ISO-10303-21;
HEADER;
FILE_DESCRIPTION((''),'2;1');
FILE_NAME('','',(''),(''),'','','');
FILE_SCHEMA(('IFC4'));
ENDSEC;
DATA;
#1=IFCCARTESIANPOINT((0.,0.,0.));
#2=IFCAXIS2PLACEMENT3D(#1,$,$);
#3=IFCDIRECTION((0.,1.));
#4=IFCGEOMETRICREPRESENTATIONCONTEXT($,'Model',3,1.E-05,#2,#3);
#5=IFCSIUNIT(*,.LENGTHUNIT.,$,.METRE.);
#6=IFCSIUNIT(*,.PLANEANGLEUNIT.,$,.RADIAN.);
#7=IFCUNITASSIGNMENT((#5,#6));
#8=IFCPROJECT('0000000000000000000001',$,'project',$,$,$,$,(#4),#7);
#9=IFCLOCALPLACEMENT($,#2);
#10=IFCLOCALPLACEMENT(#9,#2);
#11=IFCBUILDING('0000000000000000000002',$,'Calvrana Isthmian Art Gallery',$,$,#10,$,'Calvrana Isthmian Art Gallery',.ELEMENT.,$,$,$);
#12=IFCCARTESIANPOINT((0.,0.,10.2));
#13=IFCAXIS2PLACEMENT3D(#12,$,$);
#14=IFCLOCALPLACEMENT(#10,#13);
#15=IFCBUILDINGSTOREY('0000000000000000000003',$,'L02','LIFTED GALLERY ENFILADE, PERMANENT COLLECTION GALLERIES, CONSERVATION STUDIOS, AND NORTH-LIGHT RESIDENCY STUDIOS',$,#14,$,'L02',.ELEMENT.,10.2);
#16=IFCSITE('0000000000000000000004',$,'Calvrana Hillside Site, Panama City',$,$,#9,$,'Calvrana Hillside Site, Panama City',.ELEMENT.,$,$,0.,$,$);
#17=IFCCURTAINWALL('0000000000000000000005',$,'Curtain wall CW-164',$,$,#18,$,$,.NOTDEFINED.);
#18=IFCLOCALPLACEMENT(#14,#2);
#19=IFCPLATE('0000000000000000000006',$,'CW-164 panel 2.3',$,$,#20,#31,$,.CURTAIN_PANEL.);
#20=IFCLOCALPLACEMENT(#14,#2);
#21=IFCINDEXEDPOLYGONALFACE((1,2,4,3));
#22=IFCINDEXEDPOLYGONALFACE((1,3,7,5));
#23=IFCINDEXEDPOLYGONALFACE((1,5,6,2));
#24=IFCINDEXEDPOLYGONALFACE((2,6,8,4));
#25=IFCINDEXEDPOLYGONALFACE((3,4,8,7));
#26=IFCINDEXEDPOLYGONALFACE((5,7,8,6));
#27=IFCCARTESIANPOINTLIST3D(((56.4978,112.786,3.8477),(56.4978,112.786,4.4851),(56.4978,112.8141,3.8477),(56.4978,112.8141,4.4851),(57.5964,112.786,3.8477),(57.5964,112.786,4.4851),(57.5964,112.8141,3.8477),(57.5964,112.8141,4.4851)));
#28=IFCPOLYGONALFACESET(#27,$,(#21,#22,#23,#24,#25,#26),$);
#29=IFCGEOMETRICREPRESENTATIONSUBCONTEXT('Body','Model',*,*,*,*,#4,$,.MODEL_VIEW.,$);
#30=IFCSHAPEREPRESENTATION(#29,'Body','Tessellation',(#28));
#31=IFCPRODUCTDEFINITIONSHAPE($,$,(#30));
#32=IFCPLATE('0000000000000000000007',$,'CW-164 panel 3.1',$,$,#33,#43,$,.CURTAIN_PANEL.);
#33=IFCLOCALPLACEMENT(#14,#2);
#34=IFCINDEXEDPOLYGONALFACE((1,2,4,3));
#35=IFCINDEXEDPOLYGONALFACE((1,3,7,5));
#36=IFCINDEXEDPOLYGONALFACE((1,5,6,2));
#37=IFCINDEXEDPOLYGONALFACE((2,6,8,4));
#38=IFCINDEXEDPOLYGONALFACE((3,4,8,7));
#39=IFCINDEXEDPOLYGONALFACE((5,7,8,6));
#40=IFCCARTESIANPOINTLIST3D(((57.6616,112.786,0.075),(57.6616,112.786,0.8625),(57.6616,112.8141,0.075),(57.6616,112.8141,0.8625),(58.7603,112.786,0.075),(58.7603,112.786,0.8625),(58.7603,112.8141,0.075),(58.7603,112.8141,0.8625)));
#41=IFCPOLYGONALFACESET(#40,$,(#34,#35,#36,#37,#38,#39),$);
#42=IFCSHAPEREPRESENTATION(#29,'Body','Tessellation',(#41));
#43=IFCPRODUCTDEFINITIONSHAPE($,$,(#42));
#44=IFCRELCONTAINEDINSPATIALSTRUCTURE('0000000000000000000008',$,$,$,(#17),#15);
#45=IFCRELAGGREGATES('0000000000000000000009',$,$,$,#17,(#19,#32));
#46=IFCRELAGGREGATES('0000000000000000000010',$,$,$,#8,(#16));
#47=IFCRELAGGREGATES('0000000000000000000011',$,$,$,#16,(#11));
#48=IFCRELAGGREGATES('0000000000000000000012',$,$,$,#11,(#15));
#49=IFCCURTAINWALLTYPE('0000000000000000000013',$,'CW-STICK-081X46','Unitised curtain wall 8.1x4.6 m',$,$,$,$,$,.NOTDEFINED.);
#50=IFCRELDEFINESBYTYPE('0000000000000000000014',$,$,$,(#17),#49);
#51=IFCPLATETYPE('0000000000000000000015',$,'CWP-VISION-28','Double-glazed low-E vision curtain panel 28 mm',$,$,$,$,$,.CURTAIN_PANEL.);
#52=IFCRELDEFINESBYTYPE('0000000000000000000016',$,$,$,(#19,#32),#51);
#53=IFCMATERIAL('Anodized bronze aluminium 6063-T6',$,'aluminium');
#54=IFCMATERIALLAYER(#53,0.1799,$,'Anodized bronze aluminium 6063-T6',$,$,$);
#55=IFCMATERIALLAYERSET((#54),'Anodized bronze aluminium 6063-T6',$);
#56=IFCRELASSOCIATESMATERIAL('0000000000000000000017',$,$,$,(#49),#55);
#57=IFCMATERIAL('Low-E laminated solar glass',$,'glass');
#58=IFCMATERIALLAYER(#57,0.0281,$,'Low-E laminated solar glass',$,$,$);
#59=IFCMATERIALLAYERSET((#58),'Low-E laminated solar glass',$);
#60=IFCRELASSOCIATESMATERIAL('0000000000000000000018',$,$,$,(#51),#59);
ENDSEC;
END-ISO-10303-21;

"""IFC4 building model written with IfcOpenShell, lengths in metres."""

from ifc_helpers import new_model, si_unit, direction, frame, origin, origin_2d, place, context, subcontext, project, spatial, rectangle, extrude, material, layer, layer_set, type_object, element, aggregate, save


model = new_model("IFC4")

# Units and contexts
model_context = context("Model", 3, precision=1e-05, world=origin(), true_north=direction((0.0, 1.0)))
body_context = subcontext(model_context, "Body", "Model", "MODEL_VIEW")
ifc_project = project(units=[si_unit("LENGTHUNIT", "METRE"), si_unit("PLANEANGLEUNIT", "RADIAN")], contexts=[model_context])

# Site, building, storey
site_placement = place(None, origin())
site = spatial("IfcSite", under=ifc_project, at=site_placement, Name="Calvrana Hillside Site, Panama City", LongName="Calvrana Hillside Site, Panama City", CompositionType="ELEMENT", RefElevation=0.0)
building_placement = place(site_placement, origin())
building = spatial("IfcBuilding", under=site, at=building_placement, Name="Calvrana Isthmian Art Gallery", LongName="Calvrana Isthmian Art Gallery", CompositionType="ELEMENT")
storey_placement = place(building_placement, frame((0.0, 0.0, 10.2)))
storey = spatial("IfcBuildingStorey", under=building, at=storey_placement, Name="L02", Description="LIFTED GALLERY ENFILADE, PERMANENT COLLECTION GALLERIES, CONSERVATION STUDIOS, AND NORTH-LIGHT RESIDENCY STUDIOS", LongName="L02", CompositionType="ELEMENT", Elevation=10.2)

# Curtain wall, plates
ifc_material_1 = material(Name="Anodized bronze aluminium 6063-T6", Category="aluminium")
ifc_layer_1 = layer(ifc_material_1, 0.1799, Name="Anodized bronze aluminium 6063-T6")
ifc_layer_set_1 = layer_set([ifc_layer_1], Name="Anodized bronze aluminium 6063-T6")
curtain_wall_type = type_object("IfcCurtainWallType", Name="CW-STICK-081X46", Description="Unitised curtain wall 8.1x4.6 m", PredefinedType="NOTDEFINED", material=ifc_layer_set_1)
curtain_wall_placement = place(storey_placement, origin())
curtain_wall = element("IfcCurtainWall", 1, at=curtain_wall_placement, inside=storey, type_object=curtain_wall_type, Name="Curtain wall CW-164", PredefinedType="NOTDEFINED")
ifc_material_2 = material(Name="Low-E laminated solar glass", Category="glass")
ifc_layer_2 = layer(ifc_material_2, 0.0281, Name="Low-E laminated solar glass")
ifc_layer_set_2 = layer_set([ifc_layer_2], Name="Low-E laminated solar glass")
plate_type = type_object("IfcPlateType", Name="CWP-VISION-28", Description="Double-glazed low-E vision curtain panel 28 mm", PredefinedType="CURTAIN_PANEL", material=ifc_layer_set_2)
plate_1_placement = place(storey_placement, frame((57.0471, 112.8, 3.8477), z_axis=(0.0, 0.0, 1.0), x_axis=(1.0, 0.0, 0.0)))
plate_1 = element("IfcPlate", 2, at=plate_1_placement, type_object=plate_type, Name="CW-164 panel 2.3", PredefinedType="CURTAIN_PANEL", context=body_context, shape_type="SweptSolid", body=[
    extrude(rectangle(XDim=1.0986, YDim=0.0281, at=origin_2d()), origin(), (0.0, 0.0, 1.0), 0.6375),
])
plate_2_placement = place(storey_placement, frame((58.2109, 112.8, 0.075), z_axis=(0.0, 0.0, 1.0), x_axis=(1.0, 0.0, 0.0)))
plate_2 = element("IfcPlate", 3, at=plate_2_placement, type_object=plate_type, Name="CW-164 panel 3.1", PredefinedType="CURTAIN_PANEL", context=body_context, shape_type="SweptSolid", body=[
    extrude(rectangle(XDim=1.0986, YDim=0.0281, at=origin_2d()), origin(), (0.0, 0.0, 1.0), 0.7876),
])
aggregate(curtain_wall, [plate_1, plate_2])

save(model, "model.ifc")
